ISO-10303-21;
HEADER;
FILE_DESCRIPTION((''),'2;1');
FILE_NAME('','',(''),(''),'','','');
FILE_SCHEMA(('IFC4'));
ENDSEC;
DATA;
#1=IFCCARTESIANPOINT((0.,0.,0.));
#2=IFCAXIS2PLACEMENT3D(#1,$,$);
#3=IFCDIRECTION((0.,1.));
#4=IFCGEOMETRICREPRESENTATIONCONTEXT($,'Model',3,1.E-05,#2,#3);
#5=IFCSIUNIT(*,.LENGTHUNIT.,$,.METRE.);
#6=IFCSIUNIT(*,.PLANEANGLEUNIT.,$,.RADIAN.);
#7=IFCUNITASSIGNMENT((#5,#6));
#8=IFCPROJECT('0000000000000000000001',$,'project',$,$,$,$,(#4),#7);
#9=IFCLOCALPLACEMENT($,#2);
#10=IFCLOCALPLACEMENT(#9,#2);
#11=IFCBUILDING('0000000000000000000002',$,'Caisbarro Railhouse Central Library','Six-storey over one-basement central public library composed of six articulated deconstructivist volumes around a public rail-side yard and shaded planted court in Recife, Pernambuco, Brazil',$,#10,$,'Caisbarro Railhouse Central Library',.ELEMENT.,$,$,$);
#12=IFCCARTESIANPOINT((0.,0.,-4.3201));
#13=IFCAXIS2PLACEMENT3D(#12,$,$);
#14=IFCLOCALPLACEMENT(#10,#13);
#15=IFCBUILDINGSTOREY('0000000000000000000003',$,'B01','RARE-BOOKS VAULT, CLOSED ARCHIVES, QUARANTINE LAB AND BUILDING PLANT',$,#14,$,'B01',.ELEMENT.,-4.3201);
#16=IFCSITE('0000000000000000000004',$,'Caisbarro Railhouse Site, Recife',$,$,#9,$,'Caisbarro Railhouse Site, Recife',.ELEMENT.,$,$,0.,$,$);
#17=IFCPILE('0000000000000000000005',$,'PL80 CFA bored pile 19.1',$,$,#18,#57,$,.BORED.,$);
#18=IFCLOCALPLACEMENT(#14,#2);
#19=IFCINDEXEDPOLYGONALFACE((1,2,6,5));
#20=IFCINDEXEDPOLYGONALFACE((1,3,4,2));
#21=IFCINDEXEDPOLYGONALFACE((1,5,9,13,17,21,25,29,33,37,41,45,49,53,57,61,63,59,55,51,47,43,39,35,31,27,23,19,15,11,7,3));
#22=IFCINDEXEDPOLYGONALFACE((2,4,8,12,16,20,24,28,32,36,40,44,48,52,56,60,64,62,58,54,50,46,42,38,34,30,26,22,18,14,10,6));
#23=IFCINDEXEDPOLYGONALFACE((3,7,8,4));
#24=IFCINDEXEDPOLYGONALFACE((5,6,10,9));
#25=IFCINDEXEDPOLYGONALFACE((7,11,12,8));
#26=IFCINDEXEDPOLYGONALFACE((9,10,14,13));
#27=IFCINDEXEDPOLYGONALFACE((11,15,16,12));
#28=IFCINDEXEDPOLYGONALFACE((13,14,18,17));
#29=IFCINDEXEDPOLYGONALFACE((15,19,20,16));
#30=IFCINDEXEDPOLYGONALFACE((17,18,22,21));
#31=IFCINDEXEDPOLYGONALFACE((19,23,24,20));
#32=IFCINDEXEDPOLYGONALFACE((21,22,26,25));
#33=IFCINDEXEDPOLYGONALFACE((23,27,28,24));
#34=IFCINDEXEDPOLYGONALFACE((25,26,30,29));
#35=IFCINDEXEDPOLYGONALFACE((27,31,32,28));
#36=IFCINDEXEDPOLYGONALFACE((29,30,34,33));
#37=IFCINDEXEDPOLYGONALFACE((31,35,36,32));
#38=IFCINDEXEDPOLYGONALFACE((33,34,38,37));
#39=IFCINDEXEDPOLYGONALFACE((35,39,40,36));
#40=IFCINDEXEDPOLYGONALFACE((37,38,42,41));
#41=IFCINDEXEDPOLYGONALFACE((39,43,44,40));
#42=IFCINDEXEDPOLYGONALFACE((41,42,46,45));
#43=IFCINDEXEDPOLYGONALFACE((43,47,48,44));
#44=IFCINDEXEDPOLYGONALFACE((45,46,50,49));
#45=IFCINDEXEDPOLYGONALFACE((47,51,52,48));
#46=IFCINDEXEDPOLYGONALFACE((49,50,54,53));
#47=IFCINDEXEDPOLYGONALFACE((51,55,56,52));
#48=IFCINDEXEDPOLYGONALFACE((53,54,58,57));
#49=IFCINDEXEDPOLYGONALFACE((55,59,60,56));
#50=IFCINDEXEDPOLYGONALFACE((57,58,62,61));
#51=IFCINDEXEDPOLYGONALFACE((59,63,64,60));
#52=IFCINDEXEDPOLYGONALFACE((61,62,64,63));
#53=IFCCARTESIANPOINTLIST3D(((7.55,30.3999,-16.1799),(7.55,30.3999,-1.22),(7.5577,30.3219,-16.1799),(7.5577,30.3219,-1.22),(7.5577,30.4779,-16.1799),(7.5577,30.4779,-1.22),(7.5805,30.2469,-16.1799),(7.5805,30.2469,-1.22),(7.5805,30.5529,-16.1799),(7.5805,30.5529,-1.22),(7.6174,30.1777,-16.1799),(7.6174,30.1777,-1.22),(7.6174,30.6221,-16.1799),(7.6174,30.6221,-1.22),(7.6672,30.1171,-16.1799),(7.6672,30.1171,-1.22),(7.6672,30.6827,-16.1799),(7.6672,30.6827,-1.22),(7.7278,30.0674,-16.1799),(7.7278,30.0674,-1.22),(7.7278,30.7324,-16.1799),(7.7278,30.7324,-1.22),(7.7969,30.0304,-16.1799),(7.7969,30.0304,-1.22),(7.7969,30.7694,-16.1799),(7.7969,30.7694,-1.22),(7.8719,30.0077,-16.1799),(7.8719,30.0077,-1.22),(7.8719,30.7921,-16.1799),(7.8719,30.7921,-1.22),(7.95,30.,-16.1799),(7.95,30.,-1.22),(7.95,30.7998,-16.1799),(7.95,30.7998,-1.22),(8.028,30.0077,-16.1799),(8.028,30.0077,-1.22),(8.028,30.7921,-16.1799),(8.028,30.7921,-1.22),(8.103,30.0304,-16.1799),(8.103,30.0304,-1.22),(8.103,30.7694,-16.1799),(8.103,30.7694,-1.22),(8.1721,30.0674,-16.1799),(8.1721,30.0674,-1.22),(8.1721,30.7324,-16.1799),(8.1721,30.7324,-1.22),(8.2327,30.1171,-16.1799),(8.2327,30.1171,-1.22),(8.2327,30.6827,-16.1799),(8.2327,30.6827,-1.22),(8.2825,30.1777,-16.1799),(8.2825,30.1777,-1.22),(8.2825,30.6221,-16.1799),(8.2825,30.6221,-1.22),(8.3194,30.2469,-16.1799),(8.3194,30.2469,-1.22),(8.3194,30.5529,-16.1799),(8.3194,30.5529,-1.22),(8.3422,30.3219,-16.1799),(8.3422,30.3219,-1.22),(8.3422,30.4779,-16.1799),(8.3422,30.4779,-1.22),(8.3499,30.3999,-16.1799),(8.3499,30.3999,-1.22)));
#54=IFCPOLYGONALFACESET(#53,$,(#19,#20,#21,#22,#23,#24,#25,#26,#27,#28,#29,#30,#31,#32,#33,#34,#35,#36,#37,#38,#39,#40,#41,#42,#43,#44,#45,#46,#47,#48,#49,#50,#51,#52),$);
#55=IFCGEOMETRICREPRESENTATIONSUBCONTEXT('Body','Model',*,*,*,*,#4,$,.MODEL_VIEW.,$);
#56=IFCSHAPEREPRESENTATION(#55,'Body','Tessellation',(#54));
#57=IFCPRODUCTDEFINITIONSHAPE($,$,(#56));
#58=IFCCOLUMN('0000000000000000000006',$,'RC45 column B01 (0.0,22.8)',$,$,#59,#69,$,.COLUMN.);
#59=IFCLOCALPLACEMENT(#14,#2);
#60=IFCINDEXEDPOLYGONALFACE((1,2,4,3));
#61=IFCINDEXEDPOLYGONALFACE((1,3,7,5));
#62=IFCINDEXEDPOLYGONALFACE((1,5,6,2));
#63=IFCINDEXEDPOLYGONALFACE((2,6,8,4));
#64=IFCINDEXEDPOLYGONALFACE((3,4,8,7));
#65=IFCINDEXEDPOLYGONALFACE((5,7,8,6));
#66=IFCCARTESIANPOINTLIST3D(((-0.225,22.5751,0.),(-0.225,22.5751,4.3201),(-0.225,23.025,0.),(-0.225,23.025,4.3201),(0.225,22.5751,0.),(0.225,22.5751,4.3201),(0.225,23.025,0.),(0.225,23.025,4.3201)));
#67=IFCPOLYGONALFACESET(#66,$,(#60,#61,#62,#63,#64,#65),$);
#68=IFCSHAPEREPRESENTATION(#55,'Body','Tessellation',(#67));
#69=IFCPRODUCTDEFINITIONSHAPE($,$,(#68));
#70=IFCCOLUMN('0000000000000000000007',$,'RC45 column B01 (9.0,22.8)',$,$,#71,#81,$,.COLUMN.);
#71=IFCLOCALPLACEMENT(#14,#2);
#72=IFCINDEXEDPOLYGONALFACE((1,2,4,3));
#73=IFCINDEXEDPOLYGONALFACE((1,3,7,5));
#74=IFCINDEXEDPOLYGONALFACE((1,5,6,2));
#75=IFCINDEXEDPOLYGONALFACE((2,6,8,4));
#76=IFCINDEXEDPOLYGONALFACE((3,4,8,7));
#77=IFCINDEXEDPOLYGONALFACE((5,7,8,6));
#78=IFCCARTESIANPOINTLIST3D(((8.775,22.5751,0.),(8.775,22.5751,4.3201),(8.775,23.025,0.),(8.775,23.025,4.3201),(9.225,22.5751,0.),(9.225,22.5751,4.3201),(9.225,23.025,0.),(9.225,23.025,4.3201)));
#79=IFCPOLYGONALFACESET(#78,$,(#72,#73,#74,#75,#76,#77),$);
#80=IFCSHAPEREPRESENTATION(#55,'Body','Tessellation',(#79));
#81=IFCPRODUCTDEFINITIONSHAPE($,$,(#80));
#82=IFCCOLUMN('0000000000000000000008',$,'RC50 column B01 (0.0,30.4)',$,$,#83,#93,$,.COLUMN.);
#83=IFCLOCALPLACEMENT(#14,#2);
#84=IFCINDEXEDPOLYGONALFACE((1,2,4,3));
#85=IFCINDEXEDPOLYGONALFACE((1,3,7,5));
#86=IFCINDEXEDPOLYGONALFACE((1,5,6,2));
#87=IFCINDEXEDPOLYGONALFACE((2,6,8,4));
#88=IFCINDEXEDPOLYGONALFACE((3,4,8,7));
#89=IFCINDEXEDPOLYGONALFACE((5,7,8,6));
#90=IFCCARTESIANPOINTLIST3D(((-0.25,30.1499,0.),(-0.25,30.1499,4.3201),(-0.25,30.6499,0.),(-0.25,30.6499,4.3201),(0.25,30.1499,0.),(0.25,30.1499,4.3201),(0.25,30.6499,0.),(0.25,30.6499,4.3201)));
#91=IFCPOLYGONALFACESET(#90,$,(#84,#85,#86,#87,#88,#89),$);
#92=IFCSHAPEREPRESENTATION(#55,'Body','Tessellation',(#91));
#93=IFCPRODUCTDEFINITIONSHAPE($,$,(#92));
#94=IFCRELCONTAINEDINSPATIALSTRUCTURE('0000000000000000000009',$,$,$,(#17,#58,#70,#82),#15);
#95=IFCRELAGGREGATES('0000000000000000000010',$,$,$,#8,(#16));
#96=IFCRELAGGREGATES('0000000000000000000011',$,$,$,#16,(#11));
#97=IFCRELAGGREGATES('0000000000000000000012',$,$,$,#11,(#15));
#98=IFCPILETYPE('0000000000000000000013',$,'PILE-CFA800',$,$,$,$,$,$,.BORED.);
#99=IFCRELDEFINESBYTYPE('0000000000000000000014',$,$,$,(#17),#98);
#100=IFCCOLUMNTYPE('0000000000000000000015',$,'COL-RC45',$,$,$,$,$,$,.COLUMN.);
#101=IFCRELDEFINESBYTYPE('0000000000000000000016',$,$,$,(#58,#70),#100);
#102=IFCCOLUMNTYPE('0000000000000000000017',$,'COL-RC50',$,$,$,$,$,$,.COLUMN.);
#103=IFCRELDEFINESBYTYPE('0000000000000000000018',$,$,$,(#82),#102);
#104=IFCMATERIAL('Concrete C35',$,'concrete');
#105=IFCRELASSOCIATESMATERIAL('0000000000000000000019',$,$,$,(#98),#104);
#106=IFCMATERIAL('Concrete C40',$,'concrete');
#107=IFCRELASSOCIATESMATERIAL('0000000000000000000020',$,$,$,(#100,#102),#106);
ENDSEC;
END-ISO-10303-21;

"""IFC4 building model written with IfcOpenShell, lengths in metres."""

from ifc_helpers import new_model, si_unit, direction, frame, origin, origin_2d, place, context, subcontext, project, spatial, rectangle, circle, extrude, material, material_profile, profile_set, type_object, element, save


model = new_model("IFC4")

# Units and contexts
model_context = context("Model", 3, precision=1e-05, world=origin(), true_north=direction((0.0, 1.0)))
body_context = subcontext(model_context, "Body", "Model", "MODEL_VIEW")
ifc_project = project(units=[si_unit("LENGTHUNIT", "METRE"), si_unit("PLANEANGLEUNIT", "RADIAN")], contexts=[model_context])

# Site, building, storey
site_placement = place(None, origin())
site = spatial("IfcSite", under=ifc_project, at=site_placement, Name="Caisbarro Railhouse Site, Recife", LongName="Caisbarro Railhouse Site, Recife", CompositionType="ELEMENT", RefElevation=0.0)
building_placement = place(site_placement, origin())
building = spatial("IfcBuilding", under=site, at=building_placement, Name="Caisbarro Railhouse Central Library", Description="Six-storey over one-basement central public library composed of six articulated deconstructivist volumes around a public rail-side yard and shaded planted court in Recife, Pernambuco, Brazil", LongName="Caisbarro Railhouse Central Library", CompositionType="ELEMENT")
storey_placement = place(building_placement, frame((0.0, 0.0, -4.3201)))
storey = spatial("IfcBuildingStorey", under=building, at=storey_placement, Name="B01", Description="RARE-BOOKS VAULT, CLOSED ARCHIVES, QUARANTINE LAB AND BUILDING PLANT", LongName="B01", CompositionType="ELEMENT", Elevation=-4.3201)

# Shared definitions
ifc_material_1 = material(Name="Concrete C35", Category="concrete")
ifc_material_2 = material(Name="Concrete C40", Category="concrete")

# Pile
ifc_material_profile_1 = material_profile(ifc_material_1, circle(Radius=0.3999, at=origin_2d()), Name="PILE-CFA-800")
ifc_profile_set_1 = profile_set([ifc_material_profile_1], Name="Concrete C35")
pile_type_1 = type_object("IfcPileType", Name="PILE-CFA800", PredefinedType="BORED", material=ifc_profile_set_1)
pile_1_placement = place(storey_placement, frame((7.95, 30.3999, -1.22), z_axis=(0.0, 0.0, -1.0), x_axis=(1.0, 0.0, 0.0)))
element("IfcPile", 1, at=pile_1_placement, inside=storey, type_object=pile_type_1, Name="PL80 CFA bored pile 19.1", PredefinedType="BORED", context=body_context, shape_type="SweptSolid", body=[
    extrude(circle(Radius=0.3999, at=origin_2d()), origin(), (0.0, 0.0, 1.0), 14.96),
])

# Columns
ifc_material_profile_2 = material_profile(ifc_material_2, rectangle(XDim=0.45, YDim=0.45, at=origin_2d()), Name="RC-COL-450X450")
ifc_profile_set_2 = profile_set([ifc_material_profile_2], Name="Concrete C40")
column_type_1 = type_object("IfcColumnType", Name="COL-RC45", PredefinedType="COLUMN", material=ifc_profile_set_2)
for number, where, z_axis, x_axis, name in (
    (2, (0.0, 22.8, 0.0), (0.0, 0.0, 1.0), (1.0, 0.0, 0.0), "RC45 column B01 (0.0,22.8)"),
    (3, (9.0, 22.8, 0.0), (0.0, 0.0, 1.0), (1.0, 0.0, 0.0), "RC45 column B01 (9.0,22.8)"),
):
    element("IfcColumn", number, at=place(storey_placement, frame(where, z_axis=z_axis, x_axis=x_axis)), inside=storey, type_object=column_type_1, Name=name, PredefinedType="COLUMN", context=body_context, shape_type="SweptSolid", body=[
        extrude(rectangle(XDim=0.45, YDim=0.45, at=origin_2d()), origin(), (0.0, 0.0, 1.0), 4.3201),
    ])
ifc_material_profile_3 = material_profile(ifc_material_2, rectangle(XDim=0.5, YDim=0.5, at=origin_2d()), Name="RC-COL-500X500")
ifc_profile_set_3 = profile_set([ifc_material_profile_3], Name="Concrete C40")
column_type_2 = type_object("IfcColumnType", Name="COL-RC50", PredefinedType="COLUMN", material=ifc_profile_set_3)
column_placement = place(storey_placement, frame((0.0, 30.3999, 0.0), z_axis=(0.0, 0.0, 1.0), x_axis=(1.0, 0.0, 0.0)))
element("IfcColumn", 4, at=column_placement, inside=storey, type_object=column_type_2, Name="RC50 column B01 (0.0,30.4)", PredefinedType="COLUMN", context=body_context, shape_type="SweptSolid", body=[
    extrude(rectangle(XDim=0.5, YDim=0.5, at=origin_2d()), origin(), (0.0, 0.0, 1.0), 4.3201),
])

save(model, "model.ifc")
